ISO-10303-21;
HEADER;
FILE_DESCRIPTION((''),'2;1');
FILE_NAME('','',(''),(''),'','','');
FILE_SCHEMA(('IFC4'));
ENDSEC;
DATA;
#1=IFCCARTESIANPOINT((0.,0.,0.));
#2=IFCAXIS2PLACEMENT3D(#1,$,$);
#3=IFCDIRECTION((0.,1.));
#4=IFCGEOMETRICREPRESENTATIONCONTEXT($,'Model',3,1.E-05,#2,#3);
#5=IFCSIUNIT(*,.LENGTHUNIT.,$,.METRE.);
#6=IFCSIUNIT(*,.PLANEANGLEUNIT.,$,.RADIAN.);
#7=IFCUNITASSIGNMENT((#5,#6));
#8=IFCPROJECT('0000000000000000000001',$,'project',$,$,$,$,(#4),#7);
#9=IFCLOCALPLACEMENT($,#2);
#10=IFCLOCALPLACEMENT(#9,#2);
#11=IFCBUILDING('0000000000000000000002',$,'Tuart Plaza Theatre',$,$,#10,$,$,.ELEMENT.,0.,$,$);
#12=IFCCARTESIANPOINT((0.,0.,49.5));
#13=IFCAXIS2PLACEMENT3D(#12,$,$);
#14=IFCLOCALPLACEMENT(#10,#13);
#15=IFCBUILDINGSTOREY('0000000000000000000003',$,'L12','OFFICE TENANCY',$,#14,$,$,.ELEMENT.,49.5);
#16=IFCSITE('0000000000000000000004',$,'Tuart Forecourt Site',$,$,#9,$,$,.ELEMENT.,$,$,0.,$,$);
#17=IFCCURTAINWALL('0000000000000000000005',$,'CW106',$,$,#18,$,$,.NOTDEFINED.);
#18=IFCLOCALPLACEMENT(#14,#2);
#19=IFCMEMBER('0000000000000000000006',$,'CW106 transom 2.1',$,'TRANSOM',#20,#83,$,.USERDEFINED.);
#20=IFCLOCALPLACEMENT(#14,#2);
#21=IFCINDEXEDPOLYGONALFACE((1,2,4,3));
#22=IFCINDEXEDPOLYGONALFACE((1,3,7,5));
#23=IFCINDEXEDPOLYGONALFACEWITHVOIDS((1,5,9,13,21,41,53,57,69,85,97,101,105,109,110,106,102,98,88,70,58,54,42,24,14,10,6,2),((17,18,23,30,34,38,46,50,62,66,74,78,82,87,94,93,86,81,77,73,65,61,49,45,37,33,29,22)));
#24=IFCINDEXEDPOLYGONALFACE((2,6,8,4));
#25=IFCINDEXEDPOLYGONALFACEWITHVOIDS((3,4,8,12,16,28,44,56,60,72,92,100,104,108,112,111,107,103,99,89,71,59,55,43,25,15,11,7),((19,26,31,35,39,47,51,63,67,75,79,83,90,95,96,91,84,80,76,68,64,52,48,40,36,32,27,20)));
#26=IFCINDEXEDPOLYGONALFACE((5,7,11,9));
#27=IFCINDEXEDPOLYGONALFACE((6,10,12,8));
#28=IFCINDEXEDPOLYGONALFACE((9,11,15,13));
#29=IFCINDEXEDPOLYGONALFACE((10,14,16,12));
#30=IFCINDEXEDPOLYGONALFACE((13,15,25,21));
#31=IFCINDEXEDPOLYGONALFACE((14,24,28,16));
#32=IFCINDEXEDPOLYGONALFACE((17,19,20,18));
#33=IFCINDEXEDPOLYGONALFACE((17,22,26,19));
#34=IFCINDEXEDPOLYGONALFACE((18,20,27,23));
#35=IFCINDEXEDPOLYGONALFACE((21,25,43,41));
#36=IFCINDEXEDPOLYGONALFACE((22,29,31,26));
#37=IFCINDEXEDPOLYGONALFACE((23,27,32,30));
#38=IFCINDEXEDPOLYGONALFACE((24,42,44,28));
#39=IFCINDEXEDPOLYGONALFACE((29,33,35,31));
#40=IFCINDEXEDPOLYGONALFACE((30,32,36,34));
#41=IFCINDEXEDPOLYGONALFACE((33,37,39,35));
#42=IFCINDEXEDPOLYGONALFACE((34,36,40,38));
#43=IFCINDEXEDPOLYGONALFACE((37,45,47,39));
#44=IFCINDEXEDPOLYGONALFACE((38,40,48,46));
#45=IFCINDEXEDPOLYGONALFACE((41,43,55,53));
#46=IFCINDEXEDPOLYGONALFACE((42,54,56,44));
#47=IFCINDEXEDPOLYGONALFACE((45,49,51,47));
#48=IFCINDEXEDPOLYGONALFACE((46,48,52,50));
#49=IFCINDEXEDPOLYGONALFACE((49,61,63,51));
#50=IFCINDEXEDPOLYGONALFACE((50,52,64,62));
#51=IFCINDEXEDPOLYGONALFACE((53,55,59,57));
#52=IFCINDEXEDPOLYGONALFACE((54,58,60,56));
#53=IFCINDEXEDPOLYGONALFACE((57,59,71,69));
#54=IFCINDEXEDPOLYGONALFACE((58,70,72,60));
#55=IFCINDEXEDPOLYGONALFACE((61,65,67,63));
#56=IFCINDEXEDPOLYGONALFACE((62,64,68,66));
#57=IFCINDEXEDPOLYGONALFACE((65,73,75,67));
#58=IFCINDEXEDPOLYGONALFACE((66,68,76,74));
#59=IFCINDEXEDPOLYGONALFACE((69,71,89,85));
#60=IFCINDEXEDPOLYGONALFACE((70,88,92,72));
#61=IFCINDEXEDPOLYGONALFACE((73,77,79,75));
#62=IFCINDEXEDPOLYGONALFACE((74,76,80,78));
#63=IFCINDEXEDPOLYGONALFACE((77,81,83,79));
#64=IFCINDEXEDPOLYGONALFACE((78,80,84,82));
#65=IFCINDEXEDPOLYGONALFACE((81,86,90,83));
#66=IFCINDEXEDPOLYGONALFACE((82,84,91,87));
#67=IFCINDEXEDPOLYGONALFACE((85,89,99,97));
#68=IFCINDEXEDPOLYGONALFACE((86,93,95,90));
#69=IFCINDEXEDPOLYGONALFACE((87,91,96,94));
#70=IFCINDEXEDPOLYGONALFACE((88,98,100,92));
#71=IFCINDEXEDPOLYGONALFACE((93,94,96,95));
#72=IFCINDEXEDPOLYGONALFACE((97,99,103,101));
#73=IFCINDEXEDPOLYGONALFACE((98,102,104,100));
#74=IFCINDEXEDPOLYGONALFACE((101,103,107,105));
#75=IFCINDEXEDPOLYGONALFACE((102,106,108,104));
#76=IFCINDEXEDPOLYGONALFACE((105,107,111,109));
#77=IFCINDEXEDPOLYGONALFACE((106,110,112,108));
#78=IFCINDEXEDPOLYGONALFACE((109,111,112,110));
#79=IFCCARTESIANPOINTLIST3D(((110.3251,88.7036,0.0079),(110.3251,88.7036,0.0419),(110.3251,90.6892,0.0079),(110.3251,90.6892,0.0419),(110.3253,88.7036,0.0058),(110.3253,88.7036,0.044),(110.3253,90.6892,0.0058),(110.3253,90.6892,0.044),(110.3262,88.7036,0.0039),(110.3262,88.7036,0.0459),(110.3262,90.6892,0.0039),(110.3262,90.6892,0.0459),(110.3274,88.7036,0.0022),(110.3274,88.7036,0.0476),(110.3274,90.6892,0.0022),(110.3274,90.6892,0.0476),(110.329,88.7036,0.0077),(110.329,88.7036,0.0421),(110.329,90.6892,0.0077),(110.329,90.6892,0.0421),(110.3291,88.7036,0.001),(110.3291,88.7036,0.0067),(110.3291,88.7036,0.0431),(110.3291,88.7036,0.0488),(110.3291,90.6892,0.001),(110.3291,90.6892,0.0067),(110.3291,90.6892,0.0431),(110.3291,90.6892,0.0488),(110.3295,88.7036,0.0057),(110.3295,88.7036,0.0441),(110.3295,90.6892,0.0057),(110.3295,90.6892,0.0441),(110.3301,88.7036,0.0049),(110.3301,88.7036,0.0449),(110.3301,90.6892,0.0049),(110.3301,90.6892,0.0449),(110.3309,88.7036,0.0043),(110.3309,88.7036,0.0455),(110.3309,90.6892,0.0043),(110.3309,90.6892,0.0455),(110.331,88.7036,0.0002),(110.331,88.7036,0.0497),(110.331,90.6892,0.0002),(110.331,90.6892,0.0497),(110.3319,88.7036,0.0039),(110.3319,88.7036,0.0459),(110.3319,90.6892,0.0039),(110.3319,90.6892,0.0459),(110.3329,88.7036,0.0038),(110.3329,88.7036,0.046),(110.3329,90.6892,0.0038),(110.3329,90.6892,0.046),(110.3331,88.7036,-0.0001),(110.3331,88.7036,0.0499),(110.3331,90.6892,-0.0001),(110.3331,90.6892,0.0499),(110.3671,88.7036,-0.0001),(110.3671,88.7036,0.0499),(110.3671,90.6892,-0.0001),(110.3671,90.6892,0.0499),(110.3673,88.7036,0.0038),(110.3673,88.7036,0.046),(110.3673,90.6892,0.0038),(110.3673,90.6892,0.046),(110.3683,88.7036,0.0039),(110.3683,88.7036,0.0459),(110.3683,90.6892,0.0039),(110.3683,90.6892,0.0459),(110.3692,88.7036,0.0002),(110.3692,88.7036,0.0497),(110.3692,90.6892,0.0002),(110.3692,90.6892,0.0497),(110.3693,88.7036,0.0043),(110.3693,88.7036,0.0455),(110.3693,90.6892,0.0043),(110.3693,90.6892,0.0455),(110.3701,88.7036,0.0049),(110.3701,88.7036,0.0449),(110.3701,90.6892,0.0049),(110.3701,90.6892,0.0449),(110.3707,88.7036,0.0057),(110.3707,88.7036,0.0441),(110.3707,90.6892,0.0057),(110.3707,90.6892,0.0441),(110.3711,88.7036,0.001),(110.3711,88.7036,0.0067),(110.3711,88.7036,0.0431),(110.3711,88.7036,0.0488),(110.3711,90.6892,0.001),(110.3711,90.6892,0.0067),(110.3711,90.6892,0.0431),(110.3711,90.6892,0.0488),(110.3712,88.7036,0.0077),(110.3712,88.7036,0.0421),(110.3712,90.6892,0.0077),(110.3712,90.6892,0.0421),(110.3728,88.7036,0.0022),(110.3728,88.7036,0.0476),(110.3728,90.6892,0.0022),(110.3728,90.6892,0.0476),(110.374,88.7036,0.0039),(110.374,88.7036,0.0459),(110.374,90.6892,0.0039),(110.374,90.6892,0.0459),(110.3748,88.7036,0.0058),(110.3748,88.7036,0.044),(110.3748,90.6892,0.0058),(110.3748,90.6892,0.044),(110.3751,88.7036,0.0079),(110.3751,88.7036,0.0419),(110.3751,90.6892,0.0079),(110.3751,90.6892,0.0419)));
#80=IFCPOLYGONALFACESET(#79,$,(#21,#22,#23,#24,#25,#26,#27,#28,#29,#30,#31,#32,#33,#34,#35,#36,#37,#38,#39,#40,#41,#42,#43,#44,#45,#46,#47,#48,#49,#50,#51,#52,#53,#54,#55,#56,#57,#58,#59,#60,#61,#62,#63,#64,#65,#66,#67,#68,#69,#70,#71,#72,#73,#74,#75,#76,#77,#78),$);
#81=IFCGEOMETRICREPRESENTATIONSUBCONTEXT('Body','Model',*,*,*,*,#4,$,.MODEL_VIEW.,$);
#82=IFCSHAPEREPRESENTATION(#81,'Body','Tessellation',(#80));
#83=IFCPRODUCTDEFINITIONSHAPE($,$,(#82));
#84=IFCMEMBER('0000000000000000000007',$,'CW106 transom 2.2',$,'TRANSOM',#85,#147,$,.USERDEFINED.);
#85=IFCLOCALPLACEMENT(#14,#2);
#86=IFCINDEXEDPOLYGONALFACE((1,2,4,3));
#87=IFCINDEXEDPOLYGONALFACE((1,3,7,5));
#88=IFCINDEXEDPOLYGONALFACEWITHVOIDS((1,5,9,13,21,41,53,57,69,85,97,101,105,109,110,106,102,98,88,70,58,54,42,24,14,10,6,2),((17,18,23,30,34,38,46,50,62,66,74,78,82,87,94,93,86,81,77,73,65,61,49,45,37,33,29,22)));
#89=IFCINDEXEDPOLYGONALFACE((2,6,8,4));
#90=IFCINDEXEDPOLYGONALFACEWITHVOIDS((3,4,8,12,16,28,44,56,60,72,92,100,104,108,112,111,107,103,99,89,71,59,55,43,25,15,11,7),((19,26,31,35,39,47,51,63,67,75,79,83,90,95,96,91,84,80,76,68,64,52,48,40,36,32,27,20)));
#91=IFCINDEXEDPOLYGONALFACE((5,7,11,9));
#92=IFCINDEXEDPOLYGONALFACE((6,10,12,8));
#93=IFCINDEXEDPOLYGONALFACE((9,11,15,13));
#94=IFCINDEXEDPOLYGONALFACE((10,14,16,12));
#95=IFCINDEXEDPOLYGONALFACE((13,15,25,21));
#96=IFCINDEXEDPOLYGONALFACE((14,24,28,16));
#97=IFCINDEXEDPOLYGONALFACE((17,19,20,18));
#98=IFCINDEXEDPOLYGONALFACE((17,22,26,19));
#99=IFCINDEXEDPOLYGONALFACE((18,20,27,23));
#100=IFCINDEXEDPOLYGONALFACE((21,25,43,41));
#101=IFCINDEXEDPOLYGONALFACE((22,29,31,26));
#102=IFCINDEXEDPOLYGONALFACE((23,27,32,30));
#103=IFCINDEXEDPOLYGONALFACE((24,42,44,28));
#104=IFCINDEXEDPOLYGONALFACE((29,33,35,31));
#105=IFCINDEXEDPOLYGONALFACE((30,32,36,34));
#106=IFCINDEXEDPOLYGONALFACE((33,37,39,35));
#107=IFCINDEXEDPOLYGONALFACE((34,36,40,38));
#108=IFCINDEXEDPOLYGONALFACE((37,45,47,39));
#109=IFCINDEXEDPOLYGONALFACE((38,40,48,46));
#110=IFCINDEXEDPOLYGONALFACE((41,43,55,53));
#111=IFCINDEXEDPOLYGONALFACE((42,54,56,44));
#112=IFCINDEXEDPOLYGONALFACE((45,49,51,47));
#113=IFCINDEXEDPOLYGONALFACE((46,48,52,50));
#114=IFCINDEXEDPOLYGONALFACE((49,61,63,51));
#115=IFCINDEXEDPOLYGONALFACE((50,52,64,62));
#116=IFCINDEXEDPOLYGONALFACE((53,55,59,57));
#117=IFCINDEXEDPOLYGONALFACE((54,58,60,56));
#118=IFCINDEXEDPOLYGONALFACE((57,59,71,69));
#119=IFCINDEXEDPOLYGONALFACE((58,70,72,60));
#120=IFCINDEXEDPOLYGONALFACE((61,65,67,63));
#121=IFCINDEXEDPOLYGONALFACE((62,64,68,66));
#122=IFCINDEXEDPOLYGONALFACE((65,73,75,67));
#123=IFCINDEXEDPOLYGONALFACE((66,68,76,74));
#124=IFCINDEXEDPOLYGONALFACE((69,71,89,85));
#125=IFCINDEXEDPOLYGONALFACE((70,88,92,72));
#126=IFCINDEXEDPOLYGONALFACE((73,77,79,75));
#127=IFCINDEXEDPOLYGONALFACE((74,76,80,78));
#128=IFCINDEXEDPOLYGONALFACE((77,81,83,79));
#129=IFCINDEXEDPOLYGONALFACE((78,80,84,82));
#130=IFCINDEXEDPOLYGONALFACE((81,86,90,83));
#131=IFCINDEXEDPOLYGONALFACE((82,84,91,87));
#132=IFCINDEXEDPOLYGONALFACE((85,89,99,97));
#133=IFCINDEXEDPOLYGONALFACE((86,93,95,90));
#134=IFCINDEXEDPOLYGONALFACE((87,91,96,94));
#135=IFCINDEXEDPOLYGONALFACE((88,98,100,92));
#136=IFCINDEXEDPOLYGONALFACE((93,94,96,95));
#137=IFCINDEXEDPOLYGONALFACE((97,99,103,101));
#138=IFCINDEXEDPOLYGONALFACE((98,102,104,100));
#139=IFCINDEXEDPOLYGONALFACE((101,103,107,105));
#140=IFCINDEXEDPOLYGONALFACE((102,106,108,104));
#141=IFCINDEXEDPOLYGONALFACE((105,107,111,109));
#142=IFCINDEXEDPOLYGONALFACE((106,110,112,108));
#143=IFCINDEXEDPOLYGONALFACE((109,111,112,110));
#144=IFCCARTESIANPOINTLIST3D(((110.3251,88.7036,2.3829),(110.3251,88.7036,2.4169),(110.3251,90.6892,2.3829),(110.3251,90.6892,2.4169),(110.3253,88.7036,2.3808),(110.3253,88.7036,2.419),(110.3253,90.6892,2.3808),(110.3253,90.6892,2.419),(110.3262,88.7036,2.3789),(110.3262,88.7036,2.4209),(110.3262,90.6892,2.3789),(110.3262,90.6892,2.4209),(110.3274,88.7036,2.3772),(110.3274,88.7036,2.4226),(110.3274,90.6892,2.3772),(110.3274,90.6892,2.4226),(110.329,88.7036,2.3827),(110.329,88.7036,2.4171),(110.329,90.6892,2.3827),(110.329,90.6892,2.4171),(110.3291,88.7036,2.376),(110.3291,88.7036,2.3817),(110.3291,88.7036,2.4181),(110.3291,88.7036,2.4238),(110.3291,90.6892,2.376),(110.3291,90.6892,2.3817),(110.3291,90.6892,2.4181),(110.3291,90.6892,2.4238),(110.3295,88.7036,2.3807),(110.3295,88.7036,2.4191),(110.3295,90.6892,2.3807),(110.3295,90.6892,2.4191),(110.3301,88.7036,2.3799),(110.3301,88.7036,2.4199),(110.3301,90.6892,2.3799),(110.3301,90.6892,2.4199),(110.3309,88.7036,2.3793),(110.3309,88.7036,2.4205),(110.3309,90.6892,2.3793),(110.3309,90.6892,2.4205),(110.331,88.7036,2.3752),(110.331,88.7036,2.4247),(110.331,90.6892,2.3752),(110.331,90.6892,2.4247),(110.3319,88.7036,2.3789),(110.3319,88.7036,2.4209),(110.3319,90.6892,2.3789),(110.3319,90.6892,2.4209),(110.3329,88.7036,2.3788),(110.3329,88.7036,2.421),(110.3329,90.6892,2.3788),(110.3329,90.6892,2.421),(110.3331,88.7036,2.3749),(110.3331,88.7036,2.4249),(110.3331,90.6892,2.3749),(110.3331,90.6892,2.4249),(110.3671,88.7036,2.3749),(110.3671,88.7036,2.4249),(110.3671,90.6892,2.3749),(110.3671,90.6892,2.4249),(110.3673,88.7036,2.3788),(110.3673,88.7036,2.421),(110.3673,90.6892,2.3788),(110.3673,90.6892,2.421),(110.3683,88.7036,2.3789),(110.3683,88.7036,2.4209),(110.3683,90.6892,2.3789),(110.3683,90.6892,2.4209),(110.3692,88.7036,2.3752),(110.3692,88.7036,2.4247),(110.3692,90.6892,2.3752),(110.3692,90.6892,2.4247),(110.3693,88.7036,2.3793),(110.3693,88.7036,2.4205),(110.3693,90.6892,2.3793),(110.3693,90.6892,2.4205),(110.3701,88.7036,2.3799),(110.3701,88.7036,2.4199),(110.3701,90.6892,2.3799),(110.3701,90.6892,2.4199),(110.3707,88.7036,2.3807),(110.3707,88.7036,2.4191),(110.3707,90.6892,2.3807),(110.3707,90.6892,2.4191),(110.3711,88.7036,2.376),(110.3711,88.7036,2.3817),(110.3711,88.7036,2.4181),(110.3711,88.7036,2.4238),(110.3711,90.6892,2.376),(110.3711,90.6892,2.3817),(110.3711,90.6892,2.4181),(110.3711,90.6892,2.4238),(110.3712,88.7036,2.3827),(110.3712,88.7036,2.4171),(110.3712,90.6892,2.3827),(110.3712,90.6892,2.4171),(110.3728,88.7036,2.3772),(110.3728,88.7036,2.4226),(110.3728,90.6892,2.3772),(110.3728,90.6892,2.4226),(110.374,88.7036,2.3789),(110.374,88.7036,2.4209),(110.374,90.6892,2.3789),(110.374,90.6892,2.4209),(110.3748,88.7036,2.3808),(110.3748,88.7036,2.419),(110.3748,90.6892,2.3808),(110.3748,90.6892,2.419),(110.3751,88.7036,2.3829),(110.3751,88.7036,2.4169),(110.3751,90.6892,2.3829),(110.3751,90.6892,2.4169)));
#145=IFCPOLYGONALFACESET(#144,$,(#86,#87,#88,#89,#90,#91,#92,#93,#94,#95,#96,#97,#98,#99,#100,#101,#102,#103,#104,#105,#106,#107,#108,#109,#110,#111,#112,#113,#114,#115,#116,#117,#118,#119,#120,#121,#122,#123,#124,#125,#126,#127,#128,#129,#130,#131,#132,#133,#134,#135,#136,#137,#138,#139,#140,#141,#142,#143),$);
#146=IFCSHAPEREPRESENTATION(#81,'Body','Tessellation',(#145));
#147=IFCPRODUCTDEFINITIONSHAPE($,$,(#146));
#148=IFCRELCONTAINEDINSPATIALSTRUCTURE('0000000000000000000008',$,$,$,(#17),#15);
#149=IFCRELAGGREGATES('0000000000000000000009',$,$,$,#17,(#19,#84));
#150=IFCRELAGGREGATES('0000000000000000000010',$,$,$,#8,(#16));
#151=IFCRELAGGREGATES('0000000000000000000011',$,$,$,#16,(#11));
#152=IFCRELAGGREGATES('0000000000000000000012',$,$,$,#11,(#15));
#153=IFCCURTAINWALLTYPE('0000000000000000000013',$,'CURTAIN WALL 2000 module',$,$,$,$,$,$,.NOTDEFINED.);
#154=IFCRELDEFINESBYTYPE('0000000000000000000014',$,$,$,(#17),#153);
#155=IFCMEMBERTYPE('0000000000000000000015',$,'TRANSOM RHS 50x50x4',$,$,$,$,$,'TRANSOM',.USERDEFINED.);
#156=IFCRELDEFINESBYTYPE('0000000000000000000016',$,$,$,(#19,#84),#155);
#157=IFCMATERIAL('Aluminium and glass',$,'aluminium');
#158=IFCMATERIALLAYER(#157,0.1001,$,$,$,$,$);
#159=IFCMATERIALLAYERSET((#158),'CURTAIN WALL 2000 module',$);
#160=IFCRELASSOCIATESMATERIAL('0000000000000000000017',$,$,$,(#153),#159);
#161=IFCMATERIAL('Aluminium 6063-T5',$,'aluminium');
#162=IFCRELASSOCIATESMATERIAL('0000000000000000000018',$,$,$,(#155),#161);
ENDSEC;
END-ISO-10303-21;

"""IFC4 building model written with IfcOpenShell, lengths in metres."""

from ifc_helpers import new_model, si_unit, direction, frame, origin, origin_2d, place, context, subcontext, project, spatial, hollow_rectangle, extrude, material, layer, layer_set, material_profile, profile_set, type_object, element, aggregate, save


model = new_model("IFC4")

# Units and contexts
model_context = context("Model", 3, precision=1e-05, world=origin(), true_north=direction((0.0, 1.0)))
body_context = subcontext(model_context, "Body", "Model", "MODEL_VIEW")
ifc_project = project(units=[si_unit("LENGTHUNIT", "METRE"), si_unit("PLANEANGLEUNIT", "RADIAN")], contexts=[model_context])

# Site, building, storey
site_placement = place(None, origin())
site = spatial("IfcSite", under=ifc_project, at=site_placement, Name="Tuart Forecourt Site", CompositionType="ELEMENT", RefElevation=0.0)
building_placement = place(site_placement, origin())
building = spatial("IfcBuilding", under=site, at=building_placement, Name="Tuart Plaza Theatre", CompositionType="ELEMENT", ElevationOfRefHeight=0.0)
storey_placement = place(building_placement, frame((0.0, 0.0, 49.5)))
storey = spatial("IfcBuildingStorey", under=building, at=storey_placement, Name="L12", Description="OFFICE TENANCY", CompositionType="ELEMENT", Elevation=49.5)

# Curtain wall, members
ifc_material_1 = material(Name="Aluminium and glass", Category="aluminium")
ifc_layer_1 = layer(ifc_material_1, 0.1001)
ifc_layer_set_1 = layer_set([ifc_layer_1], Name="CURTAIN WALL 2000 module")
curtain_wall_type = type_object("IfcCurtainWallType", Name="CURTAIN WALL 2000 module", PredefinedType="NOTDEFINED", material=ifc_layer_set_1)
curtain_wall_placement = place(storey_placement, origin())
curtain_wall = element("IfcCurtainWall", 1, at=curtain_wall_placement, inside=storey, type_object=curtain_wall_type, Name="CW106", PredefinedType="NOTDEFINED")
ifc_material_2 = material(Name="Aluminium 6063-T5", Category="aluminium")
ifc_material_profile_1 = material_profile(ifc_material_2, hollow_rectangle(XDim=0.05, YDim=0.05, WallThickness=0.0039, InnerFilletRadius=0.0039, OuterFilletRadius=0.0081, at=origin_2d()), Name="RHS 50x50x4")
ifc_profile_set_1 = profile_set([ifc_material_profile_1], Name="Aluminium 6063-T5")
member_type_1 = type_object("IfcMemberType", Name="TRANSOM RHS 50x50x4", ElementType="TRANSOM", PredefinedType="USERDEFINED", material=ifc_profile_set_1)
member_1_placement = place(storey_placement, frame((110.3501, 90.6892, 0.0249), z_axis=(0.0, -1.0, 0.0), x_axis=(1.0, 0.0, 0.0)))
member_1 = element("IfcMember", 2, at=member_1_placement, type_object=member_type_1, Name="CW106 transom 2.1", ObjectType="TRANSOM", PredefinedType="USERDEFINED", context=body_context, shape_type="SweptSolid", body=[
    extrude(hollow_rectangle(XDim=0.05, YDim=0.05, WallThickness=0.0039, InnerFilletRadius=0.0039, OuterFilletRadius=0.0081, at=origin_2d()), origin(), (0.0, 0.0, 1.0), 1.9856),
])
member_2_placement = place(storey_placement, frame((110.3501, 90.6892, 2.3999), z_axis=(0.0, -1.0, 0.0), x_axis=(1.0, 0.0, 0.0)))
member_2 = element("IfcMember", 3, at=member_2_placement, type_object=member_type_1, Name="CW106 transom 2.2", ObjectType="TRANSOM", PredefinedType="USERDEFINED", context=body_context, shape_type="SweptSolid", body=[
    extrude(hollow_rectangle(XDim=0.05, YDim=0.05, WallThickness=0.0039, InnerFilletRadius=0.0039, OuterFilletRadius=0.0081, at=origin_2d()), origin(), (0.0, 0.0, 1.0), 1.9856),
])
aggregate(curtain_wall, [member_1, member_2])

save(model, "model.ifc")
